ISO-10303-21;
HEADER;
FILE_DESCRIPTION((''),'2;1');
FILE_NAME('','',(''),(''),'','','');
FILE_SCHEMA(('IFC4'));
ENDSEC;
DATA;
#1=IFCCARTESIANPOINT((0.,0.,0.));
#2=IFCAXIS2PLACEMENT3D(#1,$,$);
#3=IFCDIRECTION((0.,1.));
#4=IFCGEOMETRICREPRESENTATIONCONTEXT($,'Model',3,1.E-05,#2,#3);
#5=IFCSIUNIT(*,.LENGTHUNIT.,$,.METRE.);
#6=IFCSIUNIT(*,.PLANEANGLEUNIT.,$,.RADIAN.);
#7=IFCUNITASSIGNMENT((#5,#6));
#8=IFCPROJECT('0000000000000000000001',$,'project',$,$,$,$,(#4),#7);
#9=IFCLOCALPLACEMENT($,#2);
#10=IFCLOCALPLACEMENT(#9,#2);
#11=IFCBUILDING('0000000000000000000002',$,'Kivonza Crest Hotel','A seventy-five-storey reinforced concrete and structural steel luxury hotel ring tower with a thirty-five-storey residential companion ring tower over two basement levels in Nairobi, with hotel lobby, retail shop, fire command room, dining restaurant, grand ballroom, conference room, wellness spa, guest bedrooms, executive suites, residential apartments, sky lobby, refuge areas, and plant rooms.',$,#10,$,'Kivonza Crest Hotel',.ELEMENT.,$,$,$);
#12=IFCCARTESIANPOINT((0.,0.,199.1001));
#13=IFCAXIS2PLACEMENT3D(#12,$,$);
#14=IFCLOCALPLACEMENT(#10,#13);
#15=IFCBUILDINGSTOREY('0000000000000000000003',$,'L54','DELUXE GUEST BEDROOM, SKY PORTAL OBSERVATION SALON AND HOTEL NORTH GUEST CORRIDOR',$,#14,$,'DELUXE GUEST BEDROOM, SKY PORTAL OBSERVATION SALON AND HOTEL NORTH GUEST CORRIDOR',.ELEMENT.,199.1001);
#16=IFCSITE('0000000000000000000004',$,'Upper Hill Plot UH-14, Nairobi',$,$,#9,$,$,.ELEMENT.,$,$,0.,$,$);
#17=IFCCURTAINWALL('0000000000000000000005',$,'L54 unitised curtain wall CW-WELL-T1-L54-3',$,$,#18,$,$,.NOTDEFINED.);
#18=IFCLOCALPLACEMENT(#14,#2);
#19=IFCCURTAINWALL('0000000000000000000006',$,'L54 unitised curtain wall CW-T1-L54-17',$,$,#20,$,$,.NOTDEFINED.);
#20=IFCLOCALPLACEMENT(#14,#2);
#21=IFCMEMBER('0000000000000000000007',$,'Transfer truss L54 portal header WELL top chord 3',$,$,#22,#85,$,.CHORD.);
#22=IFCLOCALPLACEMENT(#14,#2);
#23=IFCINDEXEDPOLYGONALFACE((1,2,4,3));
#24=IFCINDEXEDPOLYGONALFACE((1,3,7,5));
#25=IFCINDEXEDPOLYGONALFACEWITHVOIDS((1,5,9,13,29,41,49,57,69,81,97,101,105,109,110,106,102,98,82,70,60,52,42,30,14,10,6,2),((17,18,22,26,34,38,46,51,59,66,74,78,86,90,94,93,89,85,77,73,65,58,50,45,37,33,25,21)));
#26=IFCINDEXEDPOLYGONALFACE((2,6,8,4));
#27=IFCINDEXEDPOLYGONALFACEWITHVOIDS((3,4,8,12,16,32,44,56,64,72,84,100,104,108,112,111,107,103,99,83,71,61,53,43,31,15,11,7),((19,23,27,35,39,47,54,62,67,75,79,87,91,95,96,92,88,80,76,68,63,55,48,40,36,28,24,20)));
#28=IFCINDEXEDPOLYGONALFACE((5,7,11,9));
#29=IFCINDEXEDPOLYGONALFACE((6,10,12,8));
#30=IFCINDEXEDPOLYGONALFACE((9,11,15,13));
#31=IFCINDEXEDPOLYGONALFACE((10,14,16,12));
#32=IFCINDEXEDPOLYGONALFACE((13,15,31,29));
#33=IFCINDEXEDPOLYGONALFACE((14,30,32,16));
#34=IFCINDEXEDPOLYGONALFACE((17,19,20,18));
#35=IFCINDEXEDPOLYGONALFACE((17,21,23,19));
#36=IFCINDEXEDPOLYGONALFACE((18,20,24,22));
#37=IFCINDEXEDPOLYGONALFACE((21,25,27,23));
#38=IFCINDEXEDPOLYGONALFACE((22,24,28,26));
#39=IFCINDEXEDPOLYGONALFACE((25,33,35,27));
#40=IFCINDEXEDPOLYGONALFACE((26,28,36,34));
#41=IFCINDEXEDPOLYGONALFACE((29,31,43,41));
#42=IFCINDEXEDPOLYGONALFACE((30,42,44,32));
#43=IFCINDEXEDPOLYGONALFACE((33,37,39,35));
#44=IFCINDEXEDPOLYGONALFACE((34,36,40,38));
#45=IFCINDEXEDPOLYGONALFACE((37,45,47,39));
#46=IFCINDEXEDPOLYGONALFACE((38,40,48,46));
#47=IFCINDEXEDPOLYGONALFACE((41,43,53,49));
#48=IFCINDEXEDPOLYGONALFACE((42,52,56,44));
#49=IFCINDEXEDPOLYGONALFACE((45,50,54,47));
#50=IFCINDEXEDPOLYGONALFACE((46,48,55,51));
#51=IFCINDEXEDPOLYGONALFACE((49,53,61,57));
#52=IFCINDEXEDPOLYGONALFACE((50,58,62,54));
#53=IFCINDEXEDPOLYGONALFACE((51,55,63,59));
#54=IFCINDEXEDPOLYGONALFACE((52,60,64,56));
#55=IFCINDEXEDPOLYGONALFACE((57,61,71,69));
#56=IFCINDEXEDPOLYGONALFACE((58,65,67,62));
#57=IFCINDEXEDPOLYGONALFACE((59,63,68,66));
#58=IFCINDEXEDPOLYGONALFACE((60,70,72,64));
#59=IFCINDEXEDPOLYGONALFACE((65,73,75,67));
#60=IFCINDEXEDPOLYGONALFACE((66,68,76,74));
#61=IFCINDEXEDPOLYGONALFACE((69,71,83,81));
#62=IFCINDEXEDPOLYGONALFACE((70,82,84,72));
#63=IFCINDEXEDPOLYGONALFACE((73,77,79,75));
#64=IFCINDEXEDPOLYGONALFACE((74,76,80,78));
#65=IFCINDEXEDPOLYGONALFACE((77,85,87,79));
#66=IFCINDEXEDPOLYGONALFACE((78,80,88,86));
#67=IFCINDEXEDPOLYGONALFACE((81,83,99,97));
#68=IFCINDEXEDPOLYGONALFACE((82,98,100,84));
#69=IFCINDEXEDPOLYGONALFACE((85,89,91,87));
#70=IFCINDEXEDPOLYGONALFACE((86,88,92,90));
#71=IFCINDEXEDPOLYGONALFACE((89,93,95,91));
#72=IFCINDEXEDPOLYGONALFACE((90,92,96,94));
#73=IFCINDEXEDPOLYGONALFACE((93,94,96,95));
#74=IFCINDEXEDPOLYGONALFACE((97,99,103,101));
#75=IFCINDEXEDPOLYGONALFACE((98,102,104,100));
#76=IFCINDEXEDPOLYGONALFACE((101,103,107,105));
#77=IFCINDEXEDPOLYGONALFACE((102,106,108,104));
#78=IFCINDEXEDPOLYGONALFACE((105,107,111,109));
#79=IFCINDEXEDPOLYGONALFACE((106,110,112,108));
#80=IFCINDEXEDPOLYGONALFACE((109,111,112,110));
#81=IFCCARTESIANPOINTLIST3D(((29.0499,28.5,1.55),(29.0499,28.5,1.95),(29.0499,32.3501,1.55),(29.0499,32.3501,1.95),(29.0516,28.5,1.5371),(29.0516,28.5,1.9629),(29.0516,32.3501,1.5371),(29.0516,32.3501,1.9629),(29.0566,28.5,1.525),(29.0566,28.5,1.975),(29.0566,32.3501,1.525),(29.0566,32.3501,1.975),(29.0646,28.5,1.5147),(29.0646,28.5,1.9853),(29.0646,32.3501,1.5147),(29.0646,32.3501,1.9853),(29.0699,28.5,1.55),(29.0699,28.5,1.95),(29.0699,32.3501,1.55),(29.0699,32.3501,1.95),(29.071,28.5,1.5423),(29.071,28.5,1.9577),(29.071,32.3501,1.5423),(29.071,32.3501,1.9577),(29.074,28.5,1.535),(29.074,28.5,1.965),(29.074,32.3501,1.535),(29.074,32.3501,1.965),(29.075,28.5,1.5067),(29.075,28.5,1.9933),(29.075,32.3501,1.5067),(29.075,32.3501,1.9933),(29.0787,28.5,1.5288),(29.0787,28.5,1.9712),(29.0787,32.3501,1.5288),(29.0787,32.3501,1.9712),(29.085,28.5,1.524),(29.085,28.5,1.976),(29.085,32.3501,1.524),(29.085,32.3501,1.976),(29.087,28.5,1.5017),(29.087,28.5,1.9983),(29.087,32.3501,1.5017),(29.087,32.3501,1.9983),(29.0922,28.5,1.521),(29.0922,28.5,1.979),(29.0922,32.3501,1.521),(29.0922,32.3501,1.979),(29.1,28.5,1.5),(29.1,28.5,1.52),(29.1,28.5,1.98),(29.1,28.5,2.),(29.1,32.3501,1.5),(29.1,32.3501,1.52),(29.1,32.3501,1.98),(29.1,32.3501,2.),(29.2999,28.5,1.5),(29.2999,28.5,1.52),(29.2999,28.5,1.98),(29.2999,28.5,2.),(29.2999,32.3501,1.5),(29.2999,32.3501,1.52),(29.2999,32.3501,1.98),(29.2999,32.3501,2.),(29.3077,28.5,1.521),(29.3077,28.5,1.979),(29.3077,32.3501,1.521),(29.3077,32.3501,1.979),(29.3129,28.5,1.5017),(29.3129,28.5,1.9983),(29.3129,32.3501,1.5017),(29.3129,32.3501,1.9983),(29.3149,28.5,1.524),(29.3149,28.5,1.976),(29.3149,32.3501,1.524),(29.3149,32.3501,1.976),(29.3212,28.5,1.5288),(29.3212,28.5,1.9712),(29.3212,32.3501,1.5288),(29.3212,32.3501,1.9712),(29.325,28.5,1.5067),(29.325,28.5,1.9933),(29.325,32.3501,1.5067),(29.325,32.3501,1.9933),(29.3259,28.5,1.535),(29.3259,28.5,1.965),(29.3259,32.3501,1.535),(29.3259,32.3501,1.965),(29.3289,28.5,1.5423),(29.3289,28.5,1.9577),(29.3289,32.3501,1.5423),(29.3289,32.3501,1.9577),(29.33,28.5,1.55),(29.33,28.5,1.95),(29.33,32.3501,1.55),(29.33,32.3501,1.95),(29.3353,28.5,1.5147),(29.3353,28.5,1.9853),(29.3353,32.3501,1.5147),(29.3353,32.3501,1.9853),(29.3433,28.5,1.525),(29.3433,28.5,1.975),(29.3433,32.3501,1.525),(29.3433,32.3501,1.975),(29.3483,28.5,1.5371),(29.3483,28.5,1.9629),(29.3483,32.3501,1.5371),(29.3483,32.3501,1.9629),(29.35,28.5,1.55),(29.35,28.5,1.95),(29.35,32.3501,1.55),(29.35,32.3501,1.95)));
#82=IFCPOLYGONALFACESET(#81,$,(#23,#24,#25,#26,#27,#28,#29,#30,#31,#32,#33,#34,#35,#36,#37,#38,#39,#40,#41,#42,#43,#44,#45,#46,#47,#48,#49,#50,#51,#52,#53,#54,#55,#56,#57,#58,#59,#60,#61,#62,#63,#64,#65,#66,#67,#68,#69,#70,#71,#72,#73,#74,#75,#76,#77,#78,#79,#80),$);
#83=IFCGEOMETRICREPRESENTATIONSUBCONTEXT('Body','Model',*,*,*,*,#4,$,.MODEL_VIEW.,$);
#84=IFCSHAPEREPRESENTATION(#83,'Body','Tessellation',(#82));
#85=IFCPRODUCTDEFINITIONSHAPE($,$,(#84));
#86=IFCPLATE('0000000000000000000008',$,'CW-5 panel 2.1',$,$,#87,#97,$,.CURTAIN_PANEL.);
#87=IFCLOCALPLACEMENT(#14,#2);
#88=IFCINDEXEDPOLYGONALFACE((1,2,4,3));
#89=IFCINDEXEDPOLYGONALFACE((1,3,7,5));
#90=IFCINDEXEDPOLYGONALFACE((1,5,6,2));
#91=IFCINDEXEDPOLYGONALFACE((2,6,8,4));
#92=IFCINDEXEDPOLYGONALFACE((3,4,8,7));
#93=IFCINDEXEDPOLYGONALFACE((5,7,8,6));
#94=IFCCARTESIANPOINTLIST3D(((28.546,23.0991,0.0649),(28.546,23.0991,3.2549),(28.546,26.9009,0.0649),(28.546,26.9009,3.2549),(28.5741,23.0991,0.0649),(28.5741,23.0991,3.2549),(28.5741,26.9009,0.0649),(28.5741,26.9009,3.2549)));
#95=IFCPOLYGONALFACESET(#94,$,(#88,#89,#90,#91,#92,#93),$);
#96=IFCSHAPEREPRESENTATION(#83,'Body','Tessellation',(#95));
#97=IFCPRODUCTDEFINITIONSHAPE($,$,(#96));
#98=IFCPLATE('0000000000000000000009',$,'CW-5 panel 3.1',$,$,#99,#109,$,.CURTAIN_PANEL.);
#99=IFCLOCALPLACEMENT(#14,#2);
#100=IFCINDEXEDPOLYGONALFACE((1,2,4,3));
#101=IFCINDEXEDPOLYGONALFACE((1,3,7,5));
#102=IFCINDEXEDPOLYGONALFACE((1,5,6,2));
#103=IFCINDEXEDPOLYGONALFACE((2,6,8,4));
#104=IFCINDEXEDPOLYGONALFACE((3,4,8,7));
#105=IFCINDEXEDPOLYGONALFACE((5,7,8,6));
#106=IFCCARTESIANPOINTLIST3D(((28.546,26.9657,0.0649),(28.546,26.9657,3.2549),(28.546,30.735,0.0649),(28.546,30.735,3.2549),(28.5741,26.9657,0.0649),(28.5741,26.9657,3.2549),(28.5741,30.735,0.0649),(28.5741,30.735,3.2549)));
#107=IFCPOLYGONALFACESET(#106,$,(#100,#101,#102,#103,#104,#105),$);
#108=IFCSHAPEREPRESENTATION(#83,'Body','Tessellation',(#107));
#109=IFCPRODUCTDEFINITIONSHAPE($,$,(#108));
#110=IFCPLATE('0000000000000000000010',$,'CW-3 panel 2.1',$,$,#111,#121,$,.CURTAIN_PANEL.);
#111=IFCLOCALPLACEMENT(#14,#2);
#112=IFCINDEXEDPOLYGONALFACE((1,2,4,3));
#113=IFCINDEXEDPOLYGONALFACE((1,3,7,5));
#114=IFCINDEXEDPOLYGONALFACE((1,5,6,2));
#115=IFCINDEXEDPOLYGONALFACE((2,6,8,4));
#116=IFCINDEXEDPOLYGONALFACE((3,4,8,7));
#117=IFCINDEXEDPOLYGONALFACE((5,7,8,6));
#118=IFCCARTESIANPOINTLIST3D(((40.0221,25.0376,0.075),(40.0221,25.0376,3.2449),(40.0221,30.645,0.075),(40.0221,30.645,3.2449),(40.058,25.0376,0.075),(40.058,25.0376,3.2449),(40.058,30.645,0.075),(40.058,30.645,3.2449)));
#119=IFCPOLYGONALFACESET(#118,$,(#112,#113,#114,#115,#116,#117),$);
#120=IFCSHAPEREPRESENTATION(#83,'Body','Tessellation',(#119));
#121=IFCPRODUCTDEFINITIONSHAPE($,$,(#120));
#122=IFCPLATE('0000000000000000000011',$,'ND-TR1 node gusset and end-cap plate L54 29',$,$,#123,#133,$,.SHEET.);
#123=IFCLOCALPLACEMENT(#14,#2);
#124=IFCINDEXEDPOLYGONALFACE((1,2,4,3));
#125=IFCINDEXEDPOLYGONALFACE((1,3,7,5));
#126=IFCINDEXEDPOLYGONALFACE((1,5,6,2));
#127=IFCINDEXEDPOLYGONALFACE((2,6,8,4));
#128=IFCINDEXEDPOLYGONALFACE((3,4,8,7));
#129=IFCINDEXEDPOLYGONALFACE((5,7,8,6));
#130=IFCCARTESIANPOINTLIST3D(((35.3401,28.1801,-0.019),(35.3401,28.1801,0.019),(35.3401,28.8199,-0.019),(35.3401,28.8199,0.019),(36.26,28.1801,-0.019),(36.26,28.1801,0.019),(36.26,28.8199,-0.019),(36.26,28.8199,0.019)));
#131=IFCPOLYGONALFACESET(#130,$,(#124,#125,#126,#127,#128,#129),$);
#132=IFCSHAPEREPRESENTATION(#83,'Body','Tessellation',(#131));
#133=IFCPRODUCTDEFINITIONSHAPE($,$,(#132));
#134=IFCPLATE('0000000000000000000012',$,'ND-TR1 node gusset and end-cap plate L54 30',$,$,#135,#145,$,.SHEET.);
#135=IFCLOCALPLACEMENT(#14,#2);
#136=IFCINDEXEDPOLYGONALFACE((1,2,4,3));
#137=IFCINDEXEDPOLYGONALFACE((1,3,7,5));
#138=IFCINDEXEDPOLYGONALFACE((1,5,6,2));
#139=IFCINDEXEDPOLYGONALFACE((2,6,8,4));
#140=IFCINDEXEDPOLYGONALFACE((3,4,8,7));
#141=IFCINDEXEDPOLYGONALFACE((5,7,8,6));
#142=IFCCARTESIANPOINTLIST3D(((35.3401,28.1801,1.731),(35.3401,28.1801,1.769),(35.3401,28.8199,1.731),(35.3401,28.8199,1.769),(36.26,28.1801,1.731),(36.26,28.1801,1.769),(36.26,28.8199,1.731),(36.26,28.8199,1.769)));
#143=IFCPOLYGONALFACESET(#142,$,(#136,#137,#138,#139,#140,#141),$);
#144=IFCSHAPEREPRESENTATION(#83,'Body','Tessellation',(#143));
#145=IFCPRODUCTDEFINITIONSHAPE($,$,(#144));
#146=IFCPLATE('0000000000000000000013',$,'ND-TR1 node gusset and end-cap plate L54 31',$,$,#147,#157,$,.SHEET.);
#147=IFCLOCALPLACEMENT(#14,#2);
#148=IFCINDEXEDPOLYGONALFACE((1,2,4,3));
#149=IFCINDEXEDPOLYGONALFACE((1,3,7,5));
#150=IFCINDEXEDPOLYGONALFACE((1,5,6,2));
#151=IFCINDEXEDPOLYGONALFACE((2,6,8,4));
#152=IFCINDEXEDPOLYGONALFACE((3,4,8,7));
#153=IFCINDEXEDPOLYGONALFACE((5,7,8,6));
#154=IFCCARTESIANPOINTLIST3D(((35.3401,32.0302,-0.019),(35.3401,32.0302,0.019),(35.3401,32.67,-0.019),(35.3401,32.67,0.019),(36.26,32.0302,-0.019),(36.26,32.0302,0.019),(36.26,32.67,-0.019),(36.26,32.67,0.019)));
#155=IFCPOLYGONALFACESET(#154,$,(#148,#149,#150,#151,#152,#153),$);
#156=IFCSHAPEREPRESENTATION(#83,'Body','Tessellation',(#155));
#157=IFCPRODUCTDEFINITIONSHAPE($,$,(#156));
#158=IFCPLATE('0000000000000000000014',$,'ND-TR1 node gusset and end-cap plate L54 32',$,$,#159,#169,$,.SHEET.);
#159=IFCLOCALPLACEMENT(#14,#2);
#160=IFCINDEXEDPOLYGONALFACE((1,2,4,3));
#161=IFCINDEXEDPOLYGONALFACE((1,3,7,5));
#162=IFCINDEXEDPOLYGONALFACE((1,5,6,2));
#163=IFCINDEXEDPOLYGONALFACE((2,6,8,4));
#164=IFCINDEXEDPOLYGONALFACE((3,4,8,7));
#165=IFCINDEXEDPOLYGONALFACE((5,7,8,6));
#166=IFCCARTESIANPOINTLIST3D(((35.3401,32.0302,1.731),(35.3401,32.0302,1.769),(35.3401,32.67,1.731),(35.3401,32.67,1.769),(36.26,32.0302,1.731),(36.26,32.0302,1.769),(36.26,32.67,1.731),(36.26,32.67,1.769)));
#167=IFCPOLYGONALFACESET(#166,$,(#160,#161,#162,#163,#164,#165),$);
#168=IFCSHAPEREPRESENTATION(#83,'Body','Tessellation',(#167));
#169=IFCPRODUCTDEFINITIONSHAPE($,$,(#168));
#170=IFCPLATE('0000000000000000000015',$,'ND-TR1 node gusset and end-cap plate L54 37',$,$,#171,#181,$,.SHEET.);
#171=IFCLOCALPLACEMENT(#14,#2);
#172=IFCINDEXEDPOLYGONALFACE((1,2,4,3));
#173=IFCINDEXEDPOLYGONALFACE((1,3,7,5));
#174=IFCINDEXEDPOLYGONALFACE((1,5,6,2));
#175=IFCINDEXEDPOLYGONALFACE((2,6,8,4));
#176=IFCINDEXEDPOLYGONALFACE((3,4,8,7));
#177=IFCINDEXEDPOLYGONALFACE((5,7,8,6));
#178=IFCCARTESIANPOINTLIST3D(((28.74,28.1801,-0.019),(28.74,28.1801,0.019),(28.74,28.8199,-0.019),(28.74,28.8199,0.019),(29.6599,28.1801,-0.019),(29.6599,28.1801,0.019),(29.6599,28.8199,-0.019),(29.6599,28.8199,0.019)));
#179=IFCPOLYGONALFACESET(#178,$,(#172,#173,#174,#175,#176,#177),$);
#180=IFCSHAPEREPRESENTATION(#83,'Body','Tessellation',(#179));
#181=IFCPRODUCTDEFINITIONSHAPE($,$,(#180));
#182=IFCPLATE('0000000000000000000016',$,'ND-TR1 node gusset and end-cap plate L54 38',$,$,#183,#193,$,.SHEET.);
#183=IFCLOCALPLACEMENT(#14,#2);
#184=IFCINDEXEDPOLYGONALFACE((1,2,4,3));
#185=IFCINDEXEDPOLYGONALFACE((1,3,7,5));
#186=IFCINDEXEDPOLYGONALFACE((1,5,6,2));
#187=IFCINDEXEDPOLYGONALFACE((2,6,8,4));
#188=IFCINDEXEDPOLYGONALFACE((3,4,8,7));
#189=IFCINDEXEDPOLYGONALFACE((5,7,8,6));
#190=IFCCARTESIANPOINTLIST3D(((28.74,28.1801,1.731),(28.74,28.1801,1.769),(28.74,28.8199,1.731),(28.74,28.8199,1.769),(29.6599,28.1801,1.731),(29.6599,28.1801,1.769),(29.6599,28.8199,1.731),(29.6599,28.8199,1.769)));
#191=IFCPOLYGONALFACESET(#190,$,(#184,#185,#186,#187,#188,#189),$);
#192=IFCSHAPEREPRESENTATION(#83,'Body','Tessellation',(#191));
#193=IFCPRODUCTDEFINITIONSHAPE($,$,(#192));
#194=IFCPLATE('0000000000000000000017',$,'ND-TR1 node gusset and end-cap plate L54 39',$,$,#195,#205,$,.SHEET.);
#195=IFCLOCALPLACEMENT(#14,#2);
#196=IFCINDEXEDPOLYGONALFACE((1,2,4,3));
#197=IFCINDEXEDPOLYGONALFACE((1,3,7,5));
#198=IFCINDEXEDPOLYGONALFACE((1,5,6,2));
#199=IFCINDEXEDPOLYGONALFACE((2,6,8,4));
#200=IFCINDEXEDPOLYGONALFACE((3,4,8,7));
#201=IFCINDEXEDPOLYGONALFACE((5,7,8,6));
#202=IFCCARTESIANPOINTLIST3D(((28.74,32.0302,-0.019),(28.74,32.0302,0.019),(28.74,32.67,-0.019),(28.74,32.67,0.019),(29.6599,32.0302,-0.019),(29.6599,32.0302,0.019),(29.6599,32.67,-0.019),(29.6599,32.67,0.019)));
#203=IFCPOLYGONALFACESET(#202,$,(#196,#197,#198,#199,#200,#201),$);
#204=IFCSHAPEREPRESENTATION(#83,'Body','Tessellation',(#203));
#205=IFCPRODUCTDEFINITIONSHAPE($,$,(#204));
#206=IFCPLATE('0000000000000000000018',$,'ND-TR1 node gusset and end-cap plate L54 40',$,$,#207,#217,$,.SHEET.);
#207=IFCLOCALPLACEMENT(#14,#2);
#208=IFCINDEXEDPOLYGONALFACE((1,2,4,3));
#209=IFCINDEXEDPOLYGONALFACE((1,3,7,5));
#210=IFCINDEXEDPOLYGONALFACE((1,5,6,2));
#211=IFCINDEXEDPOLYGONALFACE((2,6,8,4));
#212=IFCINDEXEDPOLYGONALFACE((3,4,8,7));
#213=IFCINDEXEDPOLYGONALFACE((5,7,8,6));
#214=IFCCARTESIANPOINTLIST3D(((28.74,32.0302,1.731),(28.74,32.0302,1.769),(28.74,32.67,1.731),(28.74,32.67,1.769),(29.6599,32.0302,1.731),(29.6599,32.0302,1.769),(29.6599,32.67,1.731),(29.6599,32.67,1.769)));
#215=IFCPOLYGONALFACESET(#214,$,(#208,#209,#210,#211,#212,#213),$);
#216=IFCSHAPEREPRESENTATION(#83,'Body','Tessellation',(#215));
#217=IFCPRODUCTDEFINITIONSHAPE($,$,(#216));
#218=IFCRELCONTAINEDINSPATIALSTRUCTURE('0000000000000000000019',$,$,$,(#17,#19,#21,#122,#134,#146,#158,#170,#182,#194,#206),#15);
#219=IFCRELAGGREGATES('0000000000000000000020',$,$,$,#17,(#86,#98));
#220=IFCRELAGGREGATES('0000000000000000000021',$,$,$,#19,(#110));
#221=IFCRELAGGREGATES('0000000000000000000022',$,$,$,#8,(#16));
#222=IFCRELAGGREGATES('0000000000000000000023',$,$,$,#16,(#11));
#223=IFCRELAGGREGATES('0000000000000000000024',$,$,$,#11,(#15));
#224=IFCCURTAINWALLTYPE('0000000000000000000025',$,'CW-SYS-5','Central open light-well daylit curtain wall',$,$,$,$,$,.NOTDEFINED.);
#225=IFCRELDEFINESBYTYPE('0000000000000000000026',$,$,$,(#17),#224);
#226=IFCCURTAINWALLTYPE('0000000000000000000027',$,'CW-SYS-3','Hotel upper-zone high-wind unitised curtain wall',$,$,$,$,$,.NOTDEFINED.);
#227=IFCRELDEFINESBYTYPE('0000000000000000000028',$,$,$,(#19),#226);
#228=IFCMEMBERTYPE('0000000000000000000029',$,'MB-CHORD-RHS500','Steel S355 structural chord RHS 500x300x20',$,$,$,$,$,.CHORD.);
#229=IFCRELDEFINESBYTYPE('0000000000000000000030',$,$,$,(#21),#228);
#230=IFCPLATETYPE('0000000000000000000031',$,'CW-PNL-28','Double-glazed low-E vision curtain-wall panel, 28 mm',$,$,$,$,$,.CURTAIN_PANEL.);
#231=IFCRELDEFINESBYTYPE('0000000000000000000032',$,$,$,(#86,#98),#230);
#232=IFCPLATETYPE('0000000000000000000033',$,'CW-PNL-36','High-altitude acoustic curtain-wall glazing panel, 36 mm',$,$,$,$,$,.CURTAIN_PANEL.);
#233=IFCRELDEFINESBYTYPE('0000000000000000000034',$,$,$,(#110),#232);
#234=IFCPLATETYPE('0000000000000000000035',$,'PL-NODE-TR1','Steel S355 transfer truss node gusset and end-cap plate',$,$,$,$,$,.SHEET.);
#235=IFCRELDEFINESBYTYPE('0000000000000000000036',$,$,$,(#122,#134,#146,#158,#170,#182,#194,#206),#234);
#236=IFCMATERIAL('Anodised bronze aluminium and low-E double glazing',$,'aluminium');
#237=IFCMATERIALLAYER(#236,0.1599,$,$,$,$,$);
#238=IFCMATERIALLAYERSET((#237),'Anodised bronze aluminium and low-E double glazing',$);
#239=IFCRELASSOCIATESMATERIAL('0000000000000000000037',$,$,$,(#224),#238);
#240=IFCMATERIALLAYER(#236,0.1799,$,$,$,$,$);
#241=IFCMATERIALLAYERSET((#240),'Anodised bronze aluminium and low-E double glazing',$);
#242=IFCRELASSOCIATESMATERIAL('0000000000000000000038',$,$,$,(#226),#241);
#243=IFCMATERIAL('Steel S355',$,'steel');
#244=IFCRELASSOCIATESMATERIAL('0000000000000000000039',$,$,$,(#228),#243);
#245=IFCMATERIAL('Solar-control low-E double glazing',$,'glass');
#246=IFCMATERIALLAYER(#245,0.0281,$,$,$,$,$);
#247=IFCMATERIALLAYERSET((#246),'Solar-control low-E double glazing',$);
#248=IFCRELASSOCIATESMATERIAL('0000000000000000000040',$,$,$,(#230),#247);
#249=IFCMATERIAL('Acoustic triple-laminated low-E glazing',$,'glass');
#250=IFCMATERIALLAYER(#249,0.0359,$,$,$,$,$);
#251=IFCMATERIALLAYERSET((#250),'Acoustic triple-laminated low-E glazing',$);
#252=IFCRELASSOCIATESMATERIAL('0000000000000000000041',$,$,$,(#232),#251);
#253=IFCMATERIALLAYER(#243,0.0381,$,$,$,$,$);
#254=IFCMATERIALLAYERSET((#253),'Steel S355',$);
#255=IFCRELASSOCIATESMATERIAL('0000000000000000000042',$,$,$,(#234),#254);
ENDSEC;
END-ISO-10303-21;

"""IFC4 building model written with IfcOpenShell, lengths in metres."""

from ifc_helpers import new_model, si_unit, direction, frame, origin, origin_2d, place, context, subcontext, project, spatial, rectangle, hollow_rectangle, extrude, material, layer, layer_set, material_profile, profile_set, type_object, element, aggregate, save


model = new_model("IFC4")

# Units and contexts
model_context = context("Model", 3, precision=1e-05, world=origin(), true_north=direction((0.0, 1.0)))
body_context = subcontext(model_context, "Body", "Model", "MODEL_VIEW")
ifc_project = project(units=[si_unit("LENGTHUNIT", "METRE"), si_unit("PLANEANGLEUNIT", "RADIAN")], contexts=[model_context])

# Site, building, storey
site_placement = place(None, origin())
site = spatial("IfcSite", under=ifc_project, at=site_placement, Name="Upper Hill Plot UH-14, Nairobi", CompositionType="ELEMENT", RefElevation=0.0)
building_placement = place(site_placement, origin())
building = spatial("IfcBuilding", under=site, at=building_placement, Name="Kivonza Crest Hotel", Description="A seventy-five-storey reinforced concrete and structural steel luxury hotel ring tower with a thirty-five-storey residential companion ring tower over two basement levels in Nairobi, with hotel lobby, retail shop, fire command room, dining restaurant, grand ballroom, conference room, wellness spa, guest bedrooms, executive suites, residential apartments, sky lobby, refuge areas, and plant rooms.", LongName="Kivonza Crest Hotel", CompositionType="ELEMENT")
storey_placement = place(building_placement, frame((0.0, 0.0, 199.1001)))
storey = spatial("IfcBuildingStorey", under=building, at=storey_placement, Name="L54", Description="DELUXE GUEST BEDROOM, SKY PORTAL OBSERVATION SALON AND HOTEL NORTH GUEST CORRIDOR", LongName="DELUXE GUEST BEDROOM, SKY PORTAL OBSERVATION SALON AND HOTEL NORTH GUEST CORRIDOR", CompositionType="ELEMENT", Elevation=199.1001)

# Shared definitions
ifc_material_1 = material(Name="Steel S355", Category="steel")

# Curtain walls
ifc_material_2 = material(Name="Anodised bronze aluminium and low-E double glazing", Category="aluminium")
ifc_layer_1 = layer(ifc_material_2, 0.1599)
ifc_layer_set_1 = layer_set([ifc_layer_1], Name="Anodised bronze aluminium and low-E double glazing")
curtain_wall_type_1 = type_object("IfcCurtainWallType", Name="CW-SYS-5", Description="Central open light-well daylit curtain wall", PredefinedType="NOTDEFINED", material=ifc_layer_set_1)
curtain_wall_1_placement = place(storey_placement, origin())
curtain_wall_1 = element("IfcCurtainWall", 1, at=curtain_wall_1_placement, inside=storey, type_object=curtain_wall_type_1, Name="L54 unitised curtain wall CW-WELL-T1-L54-3", PredefinedType="NOTDEFINED")
ifc_layer_2 = layer(ifc_material_2, 0.1799)
ifc_layer_set_2 = layer_set([ifc_layer_2], Name="Anodised bronze aluminium and low-E double glazing")
curtain_wall_type_2 = type_object("IfcCurtainWallType", Name="CW-SYS-3", Description="Hotel upper-zone high-wind unitised curtain wall", PredefinedType="NOTDEFINED", material=ifc_layer_set_2)
curtain_wall_2_placement = place(storey_placement, origin())
curtain_wall_2 = element("IfcCurtainWall", 2, at=curtain_wall_2_placement, inside=storey, type_object=curtain_wall_type_2, Name="L54 unitised curtain wall CW-T1-L54-17", PredefinedType="NOTDEFINED")

# Member
ifc_material_profile_1 = material_profile(ifc_material_1, hollow_rectangle(XDim=0.3, YDim=0.5, WallThickness=0.02, InnerFilletRadius=0.03, OuterFilletRadius=0.05, at=origin_2d()), Name="RHS 500x300x20")
ifc_profile_set_1 = profile_set([ifc_material_profile_1], Name="Steel S355")
member_type_1 = type_object("IfcMemberType", Name="MB-CHORD-RHS500", Description="Steel S355 structural chord RHS 500x300x20", PredefinedType="CHORD", material=ifc_profile_set_1)
for number, where, z_axis, x_axis, name in (
    (3, (29.2, 28.5, 1.75), (0.0, 1.0, 0.0), (-1.0, 0.0, 0.0), "Transfer truss L54 portal header WELL top chord 3"),
):
    element("IfcMember", number, at=place(storey_placement, frame(where, z_axis=z_axis, x_axis=x_axis)), inside=storey, type_object=member_type_1, Name=name, PredefinedType="CHORD", context=body_context, shape_type="SweptSolid", body=[
        extrude(hollow_rectangle(XDim=0.3, YDim=0.5, WallThickness=0.02, InnerFilletRadius=0.03, OuterFilletRadius=0.05, at=origin_2d()), origin(), (0.0, 0.0, 1.0), 3.8501),
    ])

# Plates
ifc_material_3 = material(Name="Solar-control low-E double glazing", Category="glass")
ifc_layer_3 = layer(ifc_material_3, 0.0281)
ifc_layer_set_3 = layer_set([ifc_layer_3], Name="Solar-control low-E double glazing")
plate_type_1 = type_object("IfcPlateType", Name="CW-PNL-28", Description="Double-glazed low-E vision curtain-wall panel, 28 mm", PredefinedType="CURTAIN_PANEL", material=ifc_layer_set_3)
plate_1_placement = place(storey_placement, frame((28.5601, 25.0, 0.0649), z_axis=(0.0, 0.0, 1.0), x_axis=(0.0, 1.0, 0.0)))
plate_1 = element("IfcPlate", 4, at=plate_1_placement, type_object=plate_type_1, Name="CW-5 panel 2.1", PredefinedType="CURTAIN_PANEL", context=body_context, shape_type="SweptSolid", body=[
    extrude(rectangle(XDim=3.8018, YDim=0.0281, at=origin_2d()), origin(), (0.0, 0.0, 1.0), 3.1899),
])
plate_2_placement = place(storey_placement, frame((28.5601, 28.8503, 0.0649), z_axis=(0.0, 0.0, 1.0), x_axis=(0.0, 1.0, 0.0)))
plate_2 = element("IfcPlate", 5, at=plate_2_placement, type_object=plate_type_1, Name="CW-5 panel 3.1", PredefinedType="CURTAIN_PANEL", context=body_context, shape_type="SweptSolid", body=[
    extrude(rectangle(XDim=3.7693, YDim=0.0281, at=origin_2d()), origin(), (0.0, 0.0, 1.0), 3.1899),
])
aggregate(curtain_wall_1, [plate_1, plate_2])
ifc_material_4 = material(Name="Acoustic triple-laminated low-E glazing", Category="glass")
ifc_layer_4 = layer(ifc_material_4, 0.0359)
ifc_layer_set_4 = layer_set([ifc_layer_4], Name="Acoustic triple-laminated low-E glazing")
plate_type_2 = type_object("IfcPlateType", Name="CW-PNL-36", Description="High-altitude acoustic curtain-wall glazing panel, 36 mm", PredefinedType="CURTAIN_PANEL", material=ifc_layer_set_4)
plate_3_placement = place(storey_placement, frame((40.04, 27.8413, 0.075), z_axis=(0.0, 0.0, 1.0), x_axis=(0.0, 1.0, 0.0)))
plate_3 = element("IfcPlate", 6, at=plate_3_placement, type_object=plate_type_2, Name="CW-3 panel 2.1", PredefinedType="CURTAIN_PANEL", context=body_context, shape_type="SweptSolid", body=[
    extrude(rectangle(XDim=5.6074, YDim=0.0359, at=origin_2d()), origin(), (0.0, 0.0, 1.0), 3.1699),
])
aggregate(curtain_wall_2, [plate_3])

# Plates
ifc_layer_5 = layer(ifc_material_1, 0.0381)
ifc_layer_set_5 = layer_set([ifc_layer_5], Name="Steel S355")
plate_type_3 = type_object("IfcPlateType", Name="PL-NODE-TR1", Description="Steel S355 transfer truss node gusset and end-cap plate", PredefinedType="SHEET", material=ifc_layer_set_5)
for number, where, z_axis, x_axis, name in (
    (7, (35.8, 28.5, -0.019), (0.0, 0.0, 1.0), (1.0, 0.0, 0.0), "ND-TR1 node gusset and end-cap plate L54 29"),
    (8, (35.8, 28.5, 1.731), (0.0, 0.0, 1.0), (1.0, 0.0, 0.0), "ND-TR1 node gusset and end-cap plate L54 30"),
    (9, (35.8, 32.3501, -0.019), (0.0, 0.0, 1.0), (1.0, 0.0, 0.0), "ND-TR1 node gusset and end-cap plate L54 31"),
    (10, (35.8, 32.3501, 1.731), (0.0, 0.0, 1.0), (1.0, 0.0, 0.0), "ND-TR1 node gusset and end-cap plate L54 32"),
    (11, (29.2, 28.5, -0.019), (0.0, 0.0, 1.0), (1.0, 0.0, 0.0), "ND-TR1 node gusset and end-cap plate L54 37"),
    (12, (29.2, 28.5, 1.731), (0.0, 0.0, 1.0), (1.0, 0.0, 0.0), "ND-TR1 node gusset and end-cap plate L54 38"),
    (13, (29.2, 32.3501, -0.019), (0.0, 0.0, 1.0), (1.0, 0.0, 0.0), "ND-TR1 node gusset and end-cap plate L54 39"),
    (14, (29.2, 32.3501, 1.731), (0.0, 0.0, 1.0), (1.0, 0.0, 0.0), "ND-TR1 node gusset and end-cap plate L54 40"),
):
    element("IfcPlate", number, at=place(storey_placement, frame(where, z_axis=z_axis, x_axis=x_axis)), inside=storey, type_object=plate_type_3, Name=name, PredefinedType="SHEET", context=body_context, shape_type="SweptSolid", body=[
        extrude(rectangle(XDim=0.9199, YDim=0.6399, at=origin_2d()), origin(), (0.0, 0.0, 1.0), 0.0381),
    ])

save(model, "model.ifc")
